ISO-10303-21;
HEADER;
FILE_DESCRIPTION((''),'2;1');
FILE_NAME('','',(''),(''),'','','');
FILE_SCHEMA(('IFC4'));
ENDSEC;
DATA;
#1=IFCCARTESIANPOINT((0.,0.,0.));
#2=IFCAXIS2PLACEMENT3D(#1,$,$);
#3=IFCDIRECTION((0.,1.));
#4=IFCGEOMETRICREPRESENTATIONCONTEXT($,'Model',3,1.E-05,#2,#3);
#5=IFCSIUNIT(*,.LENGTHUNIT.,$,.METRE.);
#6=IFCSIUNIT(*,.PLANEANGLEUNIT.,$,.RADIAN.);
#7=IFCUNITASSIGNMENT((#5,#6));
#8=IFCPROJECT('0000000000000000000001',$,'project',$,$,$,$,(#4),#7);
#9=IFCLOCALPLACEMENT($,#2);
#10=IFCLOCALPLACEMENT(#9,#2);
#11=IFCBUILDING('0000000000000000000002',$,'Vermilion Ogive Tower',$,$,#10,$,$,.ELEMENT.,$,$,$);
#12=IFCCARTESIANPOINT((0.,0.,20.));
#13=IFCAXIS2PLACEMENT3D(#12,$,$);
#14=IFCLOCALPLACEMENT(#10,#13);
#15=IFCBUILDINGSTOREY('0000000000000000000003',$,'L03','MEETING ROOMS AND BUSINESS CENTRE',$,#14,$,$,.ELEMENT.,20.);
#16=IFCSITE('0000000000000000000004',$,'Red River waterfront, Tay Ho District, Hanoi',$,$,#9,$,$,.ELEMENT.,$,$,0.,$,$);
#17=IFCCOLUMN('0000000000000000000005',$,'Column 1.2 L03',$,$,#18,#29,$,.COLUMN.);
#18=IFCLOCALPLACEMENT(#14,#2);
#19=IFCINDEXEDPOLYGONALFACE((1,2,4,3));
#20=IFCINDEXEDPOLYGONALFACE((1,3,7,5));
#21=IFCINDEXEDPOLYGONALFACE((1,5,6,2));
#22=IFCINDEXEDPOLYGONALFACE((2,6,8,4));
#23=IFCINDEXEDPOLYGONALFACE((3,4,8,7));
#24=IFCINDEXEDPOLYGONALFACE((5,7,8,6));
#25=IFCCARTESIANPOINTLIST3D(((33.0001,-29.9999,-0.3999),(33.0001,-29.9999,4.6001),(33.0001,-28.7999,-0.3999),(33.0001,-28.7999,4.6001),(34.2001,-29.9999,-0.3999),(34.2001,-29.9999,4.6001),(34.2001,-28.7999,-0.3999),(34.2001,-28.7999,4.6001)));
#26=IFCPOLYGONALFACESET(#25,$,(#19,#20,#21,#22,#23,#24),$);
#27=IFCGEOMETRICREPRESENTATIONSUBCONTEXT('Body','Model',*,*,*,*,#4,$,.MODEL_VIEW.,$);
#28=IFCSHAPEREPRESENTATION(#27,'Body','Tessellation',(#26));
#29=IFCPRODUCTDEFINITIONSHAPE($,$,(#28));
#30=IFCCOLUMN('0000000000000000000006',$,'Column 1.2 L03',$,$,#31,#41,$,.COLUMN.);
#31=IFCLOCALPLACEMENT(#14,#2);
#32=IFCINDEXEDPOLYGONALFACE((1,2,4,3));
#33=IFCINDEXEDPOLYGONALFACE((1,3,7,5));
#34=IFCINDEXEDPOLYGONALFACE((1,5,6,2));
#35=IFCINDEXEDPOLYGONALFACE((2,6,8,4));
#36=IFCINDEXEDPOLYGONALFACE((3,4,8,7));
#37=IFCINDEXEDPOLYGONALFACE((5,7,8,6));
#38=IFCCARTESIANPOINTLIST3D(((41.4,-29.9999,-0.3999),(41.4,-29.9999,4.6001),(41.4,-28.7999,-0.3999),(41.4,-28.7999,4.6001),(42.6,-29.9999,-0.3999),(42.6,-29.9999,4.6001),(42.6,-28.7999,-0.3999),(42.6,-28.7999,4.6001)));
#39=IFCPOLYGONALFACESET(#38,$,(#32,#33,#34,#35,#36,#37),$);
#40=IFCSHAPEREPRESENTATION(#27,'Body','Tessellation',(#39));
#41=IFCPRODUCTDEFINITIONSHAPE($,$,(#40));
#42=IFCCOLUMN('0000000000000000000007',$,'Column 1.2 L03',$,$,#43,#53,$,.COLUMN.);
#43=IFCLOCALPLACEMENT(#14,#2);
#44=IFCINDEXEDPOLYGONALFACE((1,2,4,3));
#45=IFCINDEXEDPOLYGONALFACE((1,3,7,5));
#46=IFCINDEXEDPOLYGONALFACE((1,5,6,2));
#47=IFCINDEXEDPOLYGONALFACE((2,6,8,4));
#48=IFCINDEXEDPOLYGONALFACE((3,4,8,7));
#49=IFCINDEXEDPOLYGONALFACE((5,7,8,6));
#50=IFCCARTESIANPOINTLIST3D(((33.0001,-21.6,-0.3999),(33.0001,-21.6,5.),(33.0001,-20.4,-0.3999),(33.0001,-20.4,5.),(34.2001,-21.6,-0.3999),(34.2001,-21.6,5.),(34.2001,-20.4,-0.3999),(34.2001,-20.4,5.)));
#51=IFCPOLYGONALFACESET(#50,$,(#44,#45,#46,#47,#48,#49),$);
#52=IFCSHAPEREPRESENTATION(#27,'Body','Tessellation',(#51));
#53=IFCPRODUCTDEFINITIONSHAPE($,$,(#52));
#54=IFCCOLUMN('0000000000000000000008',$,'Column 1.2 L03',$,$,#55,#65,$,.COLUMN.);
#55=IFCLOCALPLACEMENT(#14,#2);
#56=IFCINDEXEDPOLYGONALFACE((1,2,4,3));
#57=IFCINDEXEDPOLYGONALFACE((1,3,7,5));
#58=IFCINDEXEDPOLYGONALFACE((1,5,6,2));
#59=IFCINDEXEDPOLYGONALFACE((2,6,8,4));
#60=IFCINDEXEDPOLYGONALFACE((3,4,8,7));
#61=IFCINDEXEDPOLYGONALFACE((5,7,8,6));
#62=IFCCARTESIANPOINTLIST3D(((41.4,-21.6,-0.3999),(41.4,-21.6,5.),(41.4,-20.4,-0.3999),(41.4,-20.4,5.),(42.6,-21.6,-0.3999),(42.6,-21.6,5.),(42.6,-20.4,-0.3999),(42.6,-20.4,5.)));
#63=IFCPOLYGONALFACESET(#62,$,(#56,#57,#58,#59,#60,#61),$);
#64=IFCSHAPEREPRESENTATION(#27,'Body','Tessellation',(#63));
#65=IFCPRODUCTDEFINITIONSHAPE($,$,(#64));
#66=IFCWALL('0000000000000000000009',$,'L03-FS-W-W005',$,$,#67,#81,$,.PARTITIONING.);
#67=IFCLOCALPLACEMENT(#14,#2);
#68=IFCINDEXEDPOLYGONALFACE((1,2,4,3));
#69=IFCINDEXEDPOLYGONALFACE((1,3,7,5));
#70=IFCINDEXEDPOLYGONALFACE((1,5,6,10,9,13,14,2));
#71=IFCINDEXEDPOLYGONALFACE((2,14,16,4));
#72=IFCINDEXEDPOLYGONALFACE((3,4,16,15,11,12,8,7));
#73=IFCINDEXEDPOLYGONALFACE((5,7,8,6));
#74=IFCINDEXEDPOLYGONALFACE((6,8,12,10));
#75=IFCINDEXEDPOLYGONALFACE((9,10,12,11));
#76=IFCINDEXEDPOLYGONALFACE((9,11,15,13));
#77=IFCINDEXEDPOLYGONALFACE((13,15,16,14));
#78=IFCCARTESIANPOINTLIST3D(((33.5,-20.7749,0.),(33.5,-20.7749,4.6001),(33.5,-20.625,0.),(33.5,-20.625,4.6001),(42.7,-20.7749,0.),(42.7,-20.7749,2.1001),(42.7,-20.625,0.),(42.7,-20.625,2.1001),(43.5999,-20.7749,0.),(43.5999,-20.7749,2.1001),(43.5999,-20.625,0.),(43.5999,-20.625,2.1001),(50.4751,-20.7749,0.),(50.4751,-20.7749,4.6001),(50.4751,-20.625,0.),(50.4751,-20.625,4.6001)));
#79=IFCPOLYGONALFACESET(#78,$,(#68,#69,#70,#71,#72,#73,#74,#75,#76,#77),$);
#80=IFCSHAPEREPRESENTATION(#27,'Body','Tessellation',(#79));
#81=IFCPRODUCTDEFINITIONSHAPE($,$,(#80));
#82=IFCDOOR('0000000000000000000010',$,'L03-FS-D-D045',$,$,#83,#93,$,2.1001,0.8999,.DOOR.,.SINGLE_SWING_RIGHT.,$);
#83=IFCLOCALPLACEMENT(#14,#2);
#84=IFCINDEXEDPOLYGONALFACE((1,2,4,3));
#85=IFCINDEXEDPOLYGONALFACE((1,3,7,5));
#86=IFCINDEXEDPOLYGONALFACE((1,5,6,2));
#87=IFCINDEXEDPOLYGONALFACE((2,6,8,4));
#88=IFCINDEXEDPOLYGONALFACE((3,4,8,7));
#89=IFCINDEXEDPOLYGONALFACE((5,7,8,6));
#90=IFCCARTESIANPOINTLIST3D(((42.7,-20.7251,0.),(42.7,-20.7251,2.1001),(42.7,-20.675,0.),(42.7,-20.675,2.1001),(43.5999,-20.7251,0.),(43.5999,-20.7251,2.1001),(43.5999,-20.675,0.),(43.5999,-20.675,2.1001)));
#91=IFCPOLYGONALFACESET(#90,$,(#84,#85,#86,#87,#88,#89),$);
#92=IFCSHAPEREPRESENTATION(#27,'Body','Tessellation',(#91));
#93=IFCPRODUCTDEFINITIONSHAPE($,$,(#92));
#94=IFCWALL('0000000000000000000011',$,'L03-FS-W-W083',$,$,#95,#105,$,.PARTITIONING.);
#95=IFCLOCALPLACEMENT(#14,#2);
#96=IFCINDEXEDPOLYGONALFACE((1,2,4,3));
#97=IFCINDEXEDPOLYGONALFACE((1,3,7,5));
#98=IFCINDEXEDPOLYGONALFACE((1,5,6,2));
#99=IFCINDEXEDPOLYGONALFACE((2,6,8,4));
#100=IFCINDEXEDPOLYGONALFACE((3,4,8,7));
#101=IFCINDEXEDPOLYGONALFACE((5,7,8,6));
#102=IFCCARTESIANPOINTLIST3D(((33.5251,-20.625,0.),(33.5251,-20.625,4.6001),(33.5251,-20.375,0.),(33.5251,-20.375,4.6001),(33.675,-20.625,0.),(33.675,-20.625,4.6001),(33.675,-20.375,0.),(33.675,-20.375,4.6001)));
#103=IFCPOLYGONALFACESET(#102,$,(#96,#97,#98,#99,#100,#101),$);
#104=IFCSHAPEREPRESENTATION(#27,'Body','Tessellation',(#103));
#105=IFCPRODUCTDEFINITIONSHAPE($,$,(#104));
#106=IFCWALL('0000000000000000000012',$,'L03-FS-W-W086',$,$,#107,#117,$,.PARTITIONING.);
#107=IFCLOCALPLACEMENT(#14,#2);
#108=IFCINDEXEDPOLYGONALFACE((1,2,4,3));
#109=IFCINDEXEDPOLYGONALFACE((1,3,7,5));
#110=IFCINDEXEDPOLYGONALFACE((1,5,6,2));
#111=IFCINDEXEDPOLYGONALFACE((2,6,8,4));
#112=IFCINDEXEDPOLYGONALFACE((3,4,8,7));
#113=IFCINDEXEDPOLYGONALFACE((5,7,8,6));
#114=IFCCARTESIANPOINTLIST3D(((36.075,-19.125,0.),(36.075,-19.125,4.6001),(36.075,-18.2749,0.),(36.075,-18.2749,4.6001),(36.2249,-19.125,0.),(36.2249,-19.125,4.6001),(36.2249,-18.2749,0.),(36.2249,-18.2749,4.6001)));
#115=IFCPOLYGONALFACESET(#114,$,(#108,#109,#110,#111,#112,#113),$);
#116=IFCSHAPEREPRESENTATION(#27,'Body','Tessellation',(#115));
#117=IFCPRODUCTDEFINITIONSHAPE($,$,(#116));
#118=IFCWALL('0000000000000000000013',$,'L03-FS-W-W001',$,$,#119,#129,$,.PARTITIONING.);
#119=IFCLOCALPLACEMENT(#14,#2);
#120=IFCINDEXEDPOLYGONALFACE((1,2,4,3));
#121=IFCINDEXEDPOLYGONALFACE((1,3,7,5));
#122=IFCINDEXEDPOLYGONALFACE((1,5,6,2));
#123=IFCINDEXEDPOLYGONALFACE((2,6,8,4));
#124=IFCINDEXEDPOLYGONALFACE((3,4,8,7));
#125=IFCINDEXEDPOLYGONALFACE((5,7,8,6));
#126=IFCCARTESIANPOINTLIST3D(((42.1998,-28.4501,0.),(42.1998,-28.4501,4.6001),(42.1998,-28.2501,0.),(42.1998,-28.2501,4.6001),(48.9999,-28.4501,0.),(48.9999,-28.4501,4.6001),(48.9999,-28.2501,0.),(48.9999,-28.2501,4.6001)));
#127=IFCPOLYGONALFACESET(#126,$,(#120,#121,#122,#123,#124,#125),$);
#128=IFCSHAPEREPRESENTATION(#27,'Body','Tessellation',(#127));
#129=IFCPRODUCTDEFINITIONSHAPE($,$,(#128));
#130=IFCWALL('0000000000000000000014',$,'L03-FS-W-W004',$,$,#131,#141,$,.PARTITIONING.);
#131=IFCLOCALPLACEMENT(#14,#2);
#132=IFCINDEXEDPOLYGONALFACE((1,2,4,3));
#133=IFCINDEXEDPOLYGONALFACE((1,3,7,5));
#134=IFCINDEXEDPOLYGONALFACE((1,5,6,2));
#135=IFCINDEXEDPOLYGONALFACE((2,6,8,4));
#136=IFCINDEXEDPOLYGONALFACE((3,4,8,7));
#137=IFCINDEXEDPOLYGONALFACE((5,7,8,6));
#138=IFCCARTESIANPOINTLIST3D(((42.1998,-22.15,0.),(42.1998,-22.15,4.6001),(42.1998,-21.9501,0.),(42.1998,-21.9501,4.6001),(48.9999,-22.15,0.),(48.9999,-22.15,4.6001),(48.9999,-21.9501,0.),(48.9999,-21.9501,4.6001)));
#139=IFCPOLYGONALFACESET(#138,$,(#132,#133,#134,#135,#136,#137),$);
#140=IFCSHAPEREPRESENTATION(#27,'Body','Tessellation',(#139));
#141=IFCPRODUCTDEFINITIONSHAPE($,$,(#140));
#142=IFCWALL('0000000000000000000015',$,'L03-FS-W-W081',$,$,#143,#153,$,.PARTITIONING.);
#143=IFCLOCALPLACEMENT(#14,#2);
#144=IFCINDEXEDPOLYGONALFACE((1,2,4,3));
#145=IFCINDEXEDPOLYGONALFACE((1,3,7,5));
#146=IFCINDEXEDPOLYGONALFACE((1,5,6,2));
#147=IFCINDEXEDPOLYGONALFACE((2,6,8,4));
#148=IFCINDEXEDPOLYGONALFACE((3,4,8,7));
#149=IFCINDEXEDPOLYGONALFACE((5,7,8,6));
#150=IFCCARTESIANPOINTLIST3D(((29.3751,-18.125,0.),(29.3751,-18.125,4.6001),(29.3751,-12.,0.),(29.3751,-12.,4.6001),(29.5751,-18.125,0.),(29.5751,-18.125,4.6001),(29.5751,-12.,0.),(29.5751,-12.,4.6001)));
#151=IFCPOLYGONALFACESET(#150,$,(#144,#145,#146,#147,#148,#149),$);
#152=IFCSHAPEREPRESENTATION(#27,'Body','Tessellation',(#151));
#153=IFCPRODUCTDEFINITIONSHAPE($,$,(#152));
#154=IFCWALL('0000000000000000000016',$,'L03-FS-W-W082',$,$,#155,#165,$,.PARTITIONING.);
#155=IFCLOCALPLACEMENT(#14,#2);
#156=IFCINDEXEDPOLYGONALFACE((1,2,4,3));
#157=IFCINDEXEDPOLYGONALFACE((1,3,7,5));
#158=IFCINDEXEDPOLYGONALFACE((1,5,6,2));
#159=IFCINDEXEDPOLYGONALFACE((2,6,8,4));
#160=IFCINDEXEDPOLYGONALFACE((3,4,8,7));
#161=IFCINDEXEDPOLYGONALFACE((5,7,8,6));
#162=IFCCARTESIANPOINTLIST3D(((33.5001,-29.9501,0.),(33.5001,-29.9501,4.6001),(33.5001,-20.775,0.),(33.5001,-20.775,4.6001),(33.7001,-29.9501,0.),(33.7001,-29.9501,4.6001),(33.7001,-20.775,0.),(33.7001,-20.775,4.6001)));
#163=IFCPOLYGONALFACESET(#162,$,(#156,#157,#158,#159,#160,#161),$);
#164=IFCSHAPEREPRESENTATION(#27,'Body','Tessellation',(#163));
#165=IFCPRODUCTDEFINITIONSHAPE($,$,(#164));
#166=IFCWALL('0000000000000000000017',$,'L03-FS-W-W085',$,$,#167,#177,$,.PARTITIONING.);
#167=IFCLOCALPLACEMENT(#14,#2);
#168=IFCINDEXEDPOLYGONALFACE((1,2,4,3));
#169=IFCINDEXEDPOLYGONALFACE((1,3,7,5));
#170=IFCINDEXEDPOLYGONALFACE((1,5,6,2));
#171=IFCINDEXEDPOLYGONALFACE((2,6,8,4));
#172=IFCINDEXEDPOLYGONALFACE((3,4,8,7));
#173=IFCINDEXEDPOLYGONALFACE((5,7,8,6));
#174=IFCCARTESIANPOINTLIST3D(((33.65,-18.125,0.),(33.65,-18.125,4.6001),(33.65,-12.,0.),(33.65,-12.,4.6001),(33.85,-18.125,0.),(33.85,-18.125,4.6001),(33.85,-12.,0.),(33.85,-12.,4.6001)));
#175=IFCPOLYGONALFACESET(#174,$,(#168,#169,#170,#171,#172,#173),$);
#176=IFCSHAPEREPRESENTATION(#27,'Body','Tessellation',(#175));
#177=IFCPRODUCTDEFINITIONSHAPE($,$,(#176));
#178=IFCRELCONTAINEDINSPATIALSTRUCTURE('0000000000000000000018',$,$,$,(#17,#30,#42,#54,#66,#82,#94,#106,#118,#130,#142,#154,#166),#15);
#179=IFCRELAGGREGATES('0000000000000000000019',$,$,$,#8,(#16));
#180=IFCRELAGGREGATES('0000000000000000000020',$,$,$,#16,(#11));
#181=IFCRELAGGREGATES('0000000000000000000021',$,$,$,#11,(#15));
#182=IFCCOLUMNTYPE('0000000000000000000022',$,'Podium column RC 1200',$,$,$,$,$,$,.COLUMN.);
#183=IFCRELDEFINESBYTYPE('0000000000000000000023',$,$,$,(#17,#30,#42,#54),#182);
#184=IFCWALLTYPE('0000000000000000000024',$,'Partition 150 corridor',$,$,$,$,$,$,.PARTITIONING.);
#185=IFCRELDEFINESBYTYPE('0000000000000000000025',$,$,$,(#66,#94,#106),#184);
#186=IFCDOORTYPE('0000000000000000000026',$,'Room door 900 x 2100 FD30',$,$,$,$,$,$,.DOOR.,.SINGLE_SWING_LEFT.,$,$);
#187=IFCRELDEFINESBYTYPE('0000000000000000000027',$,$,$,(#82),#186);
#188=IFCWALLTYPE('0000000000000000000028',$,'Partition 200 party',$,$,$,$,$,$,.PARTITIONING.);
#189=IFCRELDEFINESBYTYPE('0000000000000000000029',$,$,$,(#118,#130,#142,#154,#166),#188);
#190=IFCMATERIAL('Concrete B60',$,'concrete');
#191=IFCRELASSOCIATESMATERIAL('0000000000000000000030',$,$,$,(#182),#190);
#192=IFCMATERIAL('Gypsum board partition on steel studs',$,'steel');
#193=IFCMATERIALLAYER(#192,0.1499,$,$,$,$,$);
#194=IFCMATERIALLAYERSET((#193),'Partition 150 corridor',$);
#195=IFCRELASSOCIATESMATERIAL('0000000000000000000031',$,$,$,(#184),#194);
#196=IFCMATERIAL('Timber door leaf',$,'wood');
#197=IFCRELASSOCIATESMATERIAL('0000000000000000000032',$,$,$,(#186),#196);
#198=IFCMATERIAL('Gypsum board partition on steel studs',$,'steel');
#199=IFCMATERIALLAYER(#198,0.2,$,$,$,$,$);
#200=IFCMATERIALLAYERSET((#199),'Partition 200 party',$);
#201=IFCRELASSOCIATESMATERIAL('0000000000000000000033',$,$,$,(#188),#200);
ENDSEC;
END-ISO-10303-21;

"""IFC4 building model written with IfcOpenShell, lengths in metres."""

from ifc_helpers import new_model, si_unit, direction, frame, frame_2d, origin, origin_2d, place, context, subcontext, project, spatial, rectangle, extrude, material, layer, layer_set, material_profile, profile_set, type_object, element, fill, save


model = new_model("IFC4")

# Units and contexts
model_context = context("Model", 3, precision=1e-05, world=origin(), true_north=direction((0.0, 1.0)))
body_context = subcontext(model_context, "Body", "Model", "MODEL_VIEW")
ifc_project = project(units=[si_unit("LENGTHUNIT", "METRE"), si_unit("PLANEANGLEUNIT", "RADIAN")], contexts=[model_context])

# Site, building, storey
site_placement = place(None, origin())
site = spatial("IfcSite", under=ifc_project, at=site_placement, Name="Red River waterfront, Tay Ho District, Hanoi", CompositionType="ELEMENT", RefElevation=0.0)
building_placement = place(site_placement, origin())
building = spatial("IfcBuilding", under=site, at=building_placement, Name="Vermilion Ogive Tower", CompositionType="ELEMENT")
storey_placement = place(building_placement, frame((0.0, 0.0, 20.0)))
storey = spatial("IfcBuildingStorey", under=building, at=storey_placement, Name="L03", Description="MEETING ROOMS AND BUSINESS CENTRE", CompositionType="ELEMENT", Elevation=20.0)

# Columns
ifc_material_1 = material(Name="Concrete B60", Category="concrete")
ifc_material_profile = material_profile(ifc_material_1, rectangle(XDim=1.2, YDim=1.2, at=origin_2d()), Name="RC 1200x1200")
ifc_profile_set = profile_set([ifc_material_profile], Name="Concrete B60")
column_type = type_object("IfcColumnType", Name="Podium column RC 1200", PredefinedType="COLUMN", material=ifc_profile_set)
for number, where, z_axis, x_axis, name in (
    (1, (33.6001, -29.3999, -0.3999), (0.0, 0.0, 1.0), (1.0, 0.0, 0.0), "Column 1.2 L03"),
    (2, (42.0, -29.3999, -0.3999), (0.0, 0.0, 1.0), (1.0, 0.0, 0.0), "Column 1.2 L03"),
):
    element("IfcColumn", number, at=place(storey_placement, frame(where, z_axis=z_axis, x_axis=x_axis)), inside=storey, type_object=column_type, Name=name, PredefinedType="COLUMN", context=body_context, shape_type="SweptSolid", body=[
        extrude(rectangle(XDim=1.2, YDim=1.2, at=origin_2d()), origin(), (0.0, 0.0, 1.0), 5.0),
    ])
for number, where, z_axis, x_axis, name in (
    (3, (33.6001, -21.0, -0.3999), (0.0, 0.0, 1.0), (1.0, 0.0, 0.0), "Column 1.2 L03"),
    (4, (42.0, -21.0, -0.3999), (0.0, 0.0, 1.0), (1.0, 0.0, 0.0), "Column 1.2 L03"),
):
    element("IfcColumn", number, at=place(storey_placement, frame(where, z_axis=z_axis, x_axis=x_axis)), inside=storey, type_object=column_type, Name=name, PredefinedType="COLUMN", context=body_context, shape_type="SweptSolid", body=[
        extrude(rectangle(XDim=1.2, YDim=1.2, at=origin_2d()), origin(), (0.0, 0.0, 1.0), 5.3999),
    ])

# Wall, opening, door
ifc_material_2 = material(Name="Gypsum board partition on steel studs", Category="steel")
ifc_layer_1 = layer(ifc_material_2, 0.1499)
ifc_layer_set_1 = layer_set([ifc_layer_1], Name="Partition 150 corridor")
wall_type_1 = type_object("IfcWallType", Name="Partition 150 corridor", PredefinedType="PARTITIONING", material=ifc_layer_set_1)
wall_1_placement = place(storey_placement, frame((33.5, -20.7, 0.0), z_axis=(0.0, 0.0, 1.0), x_axis=(1.0, 0.0, 0.0)))
wall_1 = element("IfcWall", 5, at=wall_1_placement, inside=storey, type_object=wall_type_1, Name="L03-FS-W-W005", PredefinedType="PARTITIONING", context=body_context, shape_type="SweptSolid", body=[
    extrude(rectangle(XDim=16.9751, YDim=0.1499, at=frame_2d((8.4875, 0.0))), origin(), (0.0, 0.0, 1.0), 4.6001),
])
opening_1_placement = place(wall_1_placement, frame((9.2, 0.0, 0.0)))
opening_1 = element("IfcOpeningElement", 6, at=opening_1_placement, cuts=wall_1, PredefinedType="OPENING", context=body_context, shape_type="SweptSolid", body=[
    extrude(rectangle(XDim=0.8999, YDim=2.1001, at=frame_2d((0.45, 1.05))), frame((0.0, 0.085, 0.0), z_axis=(0.0, -1.0, 0.0), x_axis=(1.0, 0.0, 0.0)), (0.0, 0.0, 1.0), 0.1699),
])
ifc_material_3 = material(Name="Timber door leaf", Category="wood")
door_type_1 = type_object("IfcDoorType", Name="Room door 900 x 2100 FD30", OperationType="SINGLE_SWING_LEFT", PredefinedType="DOOR", material=ifc_material_3)
door_1_placement = place(opening_1_placement, origin())
door_1 = element("IfcDoor", 7, at=door_1_placement, inside=storey, type_object=door_type_1, Name="L03-FS-D-D045", OperationType="SINGLE_SWING_RIGHT", OverallHeight=2.1001, OverallWidth=0.8999, PredefinedType="DOOR", context=body_context, shape_type="SweptSolid", body=[
    extrude(rectangle(XDim=0.8999, YDim=2.1001, at=frame_2d((0.45, 1.05))), frame((0.0, 0.0249, 0.0), z_axis=(0.0, -1.0, 0.0), x_axis=(1.0, 0.0, 0.0)), (0.0, 0.0, 1.0), 0.05),
])
fill(opening_1, door_1)

# Walls
wall_2_placement = place(storey_placement, frame((33.6001, -20.625, 0.0), z_axis=(0.0, 0.0, 1.0), x_axis=(0.0, 1.0, 0.0)))
element("IfcWall", 8, at=wall_2_placement, inside=storey, type_object=wall_type_1, Name="L03-FS-W-W083", PredefinedType="PARTITIONING", context=body_context, shape_type="SweptSolid", body=[
    extrude(rectangle(XDim=0.25, YDim=0.1499, at=frame_2d((0.125, 0.0))), origin(), (0.0, 0.0, 1.0), 4.6001),
])
wall_3_placement = place(storey_placement, frame((36.1499, -19.125, 0.0), z_axis=(0.0, 0.0, 1.0), x_axis=(0.0, 1.0, 0.0)))
element("IfcWall", 9, at=wall_3_placement, inside=storey, type_object=wall_type_1, Name="L03-FS-W-W086", PredefinedType="PARTITIONING", context=body_context, shape_type="SweptSolid", body=[
    extrude(rectangle(XDim=0.8501, YDim=0.1499, at=frame_2d((0.425, 0.0))), origin(), (0.0, 0.0, 1.0), 4.6001),
])
ifc_material_4 = material(Name="Gypsum board partition on steel studs", Category="steel")
ifc_layer_2 = layer(ifc_material_4, 0.2)
ifc_layer_set_2 = layer_set([ifc_layer_2], Name="Partition 200 party")
wall_type_2 = type_object("IfcWallType", Name="Partition 200 party", PredefinedType="PARTITIONING", material=ifc_layer_set_2)
for number, where, z_axis, x_axis, name in (
    (10, (42.2, -28.3501, 0.0), (0.0, 0.0, 1.0), (1.0, 0.0, 0.0), "L03-FS-W-W001"),
    (11, (42.2, -22.05, 0.0), (0.0, 0.0, 1.0), (1.0, 0.0, 0.0), "L03-FS-W-W004"),
):
    element("IfcWall", number, at=place(storey_placement, frame(where, z_axis=z_axis, x_axis=x_axis)), inside=storey, type_object=wall_type_2, Name=name, PredefinedType="PARTITIONING", context=body_context, shape_type="SweptSolid", body=[
        extrude(rectangle(XDim=6.8, YDim=0.2, at=frame_2d((3.3999, 0.0))), origin(), (0.0, 0.0, 1.0), 4.6001),
    ])
wall_4_placement = place(storey_placement, frame((29.4751, -18.125, 0.0), z_axis=(0.0, 0.0, 1.0), x_axis=(0.0, 1.0, 0.0)))
element("IfcWall", 12, at=wall_4_placement, inside=storey, type_object=wall_type_2, Name="L03-FS-W-W081", PredefinedType="PARTITIONING", context=body_context, shape_type="SweptSolid", body=[
    extrude(rectangle(XDim=6.125, YDim=0.2, at=frame_2d((3.0625, 0.0))), origin(), (0.0, 0.0, 1.0), 4.6001),
])
wall_5_placement = place(storey_placement, frame((33.6001, -29.95, 0.0), z_axis=(0.0, 0.0, 1.0), x_axis=(0.0, 1.0, 0.0)))
element("IfcWall", 13, at=wall_5_placement, inside=storey, type_object=wall_type_2, Name="L03-FS-W-W082", PredefinedType="PARTITIONING", context=body_context, shape_type="SweptSolid", body=[
    extrude(rectangle(XDim=9.175, YDim=0.2, at=frame_2d((4.5874, 0.0))), origin(), (0.0, 0.0, 1.0), 4.6001),
])
wall_6_placement = place(storey_placement, frame((33.75, -18.125, 0.0), z_axis=(0.0, 0.0, 1.0), x_axis=(0.0, 1.0, 0.0)))
element("IfcWall", 14, at=wall_6_placement, inside=storey, type_object=wall_type_2, Name="L03-FS-W-W085", PredefinedType="PARTITIONING", context=body_context, shape_type="SweptSolid", body=[
    extrude(rectangle(XDim=6.125, YDim=0.2, at=frame_2d((3.0625, 0.0))), origin(), (0.0, 0.0, 1.0), 4.6001),
])

save(model, "model.ifc")
